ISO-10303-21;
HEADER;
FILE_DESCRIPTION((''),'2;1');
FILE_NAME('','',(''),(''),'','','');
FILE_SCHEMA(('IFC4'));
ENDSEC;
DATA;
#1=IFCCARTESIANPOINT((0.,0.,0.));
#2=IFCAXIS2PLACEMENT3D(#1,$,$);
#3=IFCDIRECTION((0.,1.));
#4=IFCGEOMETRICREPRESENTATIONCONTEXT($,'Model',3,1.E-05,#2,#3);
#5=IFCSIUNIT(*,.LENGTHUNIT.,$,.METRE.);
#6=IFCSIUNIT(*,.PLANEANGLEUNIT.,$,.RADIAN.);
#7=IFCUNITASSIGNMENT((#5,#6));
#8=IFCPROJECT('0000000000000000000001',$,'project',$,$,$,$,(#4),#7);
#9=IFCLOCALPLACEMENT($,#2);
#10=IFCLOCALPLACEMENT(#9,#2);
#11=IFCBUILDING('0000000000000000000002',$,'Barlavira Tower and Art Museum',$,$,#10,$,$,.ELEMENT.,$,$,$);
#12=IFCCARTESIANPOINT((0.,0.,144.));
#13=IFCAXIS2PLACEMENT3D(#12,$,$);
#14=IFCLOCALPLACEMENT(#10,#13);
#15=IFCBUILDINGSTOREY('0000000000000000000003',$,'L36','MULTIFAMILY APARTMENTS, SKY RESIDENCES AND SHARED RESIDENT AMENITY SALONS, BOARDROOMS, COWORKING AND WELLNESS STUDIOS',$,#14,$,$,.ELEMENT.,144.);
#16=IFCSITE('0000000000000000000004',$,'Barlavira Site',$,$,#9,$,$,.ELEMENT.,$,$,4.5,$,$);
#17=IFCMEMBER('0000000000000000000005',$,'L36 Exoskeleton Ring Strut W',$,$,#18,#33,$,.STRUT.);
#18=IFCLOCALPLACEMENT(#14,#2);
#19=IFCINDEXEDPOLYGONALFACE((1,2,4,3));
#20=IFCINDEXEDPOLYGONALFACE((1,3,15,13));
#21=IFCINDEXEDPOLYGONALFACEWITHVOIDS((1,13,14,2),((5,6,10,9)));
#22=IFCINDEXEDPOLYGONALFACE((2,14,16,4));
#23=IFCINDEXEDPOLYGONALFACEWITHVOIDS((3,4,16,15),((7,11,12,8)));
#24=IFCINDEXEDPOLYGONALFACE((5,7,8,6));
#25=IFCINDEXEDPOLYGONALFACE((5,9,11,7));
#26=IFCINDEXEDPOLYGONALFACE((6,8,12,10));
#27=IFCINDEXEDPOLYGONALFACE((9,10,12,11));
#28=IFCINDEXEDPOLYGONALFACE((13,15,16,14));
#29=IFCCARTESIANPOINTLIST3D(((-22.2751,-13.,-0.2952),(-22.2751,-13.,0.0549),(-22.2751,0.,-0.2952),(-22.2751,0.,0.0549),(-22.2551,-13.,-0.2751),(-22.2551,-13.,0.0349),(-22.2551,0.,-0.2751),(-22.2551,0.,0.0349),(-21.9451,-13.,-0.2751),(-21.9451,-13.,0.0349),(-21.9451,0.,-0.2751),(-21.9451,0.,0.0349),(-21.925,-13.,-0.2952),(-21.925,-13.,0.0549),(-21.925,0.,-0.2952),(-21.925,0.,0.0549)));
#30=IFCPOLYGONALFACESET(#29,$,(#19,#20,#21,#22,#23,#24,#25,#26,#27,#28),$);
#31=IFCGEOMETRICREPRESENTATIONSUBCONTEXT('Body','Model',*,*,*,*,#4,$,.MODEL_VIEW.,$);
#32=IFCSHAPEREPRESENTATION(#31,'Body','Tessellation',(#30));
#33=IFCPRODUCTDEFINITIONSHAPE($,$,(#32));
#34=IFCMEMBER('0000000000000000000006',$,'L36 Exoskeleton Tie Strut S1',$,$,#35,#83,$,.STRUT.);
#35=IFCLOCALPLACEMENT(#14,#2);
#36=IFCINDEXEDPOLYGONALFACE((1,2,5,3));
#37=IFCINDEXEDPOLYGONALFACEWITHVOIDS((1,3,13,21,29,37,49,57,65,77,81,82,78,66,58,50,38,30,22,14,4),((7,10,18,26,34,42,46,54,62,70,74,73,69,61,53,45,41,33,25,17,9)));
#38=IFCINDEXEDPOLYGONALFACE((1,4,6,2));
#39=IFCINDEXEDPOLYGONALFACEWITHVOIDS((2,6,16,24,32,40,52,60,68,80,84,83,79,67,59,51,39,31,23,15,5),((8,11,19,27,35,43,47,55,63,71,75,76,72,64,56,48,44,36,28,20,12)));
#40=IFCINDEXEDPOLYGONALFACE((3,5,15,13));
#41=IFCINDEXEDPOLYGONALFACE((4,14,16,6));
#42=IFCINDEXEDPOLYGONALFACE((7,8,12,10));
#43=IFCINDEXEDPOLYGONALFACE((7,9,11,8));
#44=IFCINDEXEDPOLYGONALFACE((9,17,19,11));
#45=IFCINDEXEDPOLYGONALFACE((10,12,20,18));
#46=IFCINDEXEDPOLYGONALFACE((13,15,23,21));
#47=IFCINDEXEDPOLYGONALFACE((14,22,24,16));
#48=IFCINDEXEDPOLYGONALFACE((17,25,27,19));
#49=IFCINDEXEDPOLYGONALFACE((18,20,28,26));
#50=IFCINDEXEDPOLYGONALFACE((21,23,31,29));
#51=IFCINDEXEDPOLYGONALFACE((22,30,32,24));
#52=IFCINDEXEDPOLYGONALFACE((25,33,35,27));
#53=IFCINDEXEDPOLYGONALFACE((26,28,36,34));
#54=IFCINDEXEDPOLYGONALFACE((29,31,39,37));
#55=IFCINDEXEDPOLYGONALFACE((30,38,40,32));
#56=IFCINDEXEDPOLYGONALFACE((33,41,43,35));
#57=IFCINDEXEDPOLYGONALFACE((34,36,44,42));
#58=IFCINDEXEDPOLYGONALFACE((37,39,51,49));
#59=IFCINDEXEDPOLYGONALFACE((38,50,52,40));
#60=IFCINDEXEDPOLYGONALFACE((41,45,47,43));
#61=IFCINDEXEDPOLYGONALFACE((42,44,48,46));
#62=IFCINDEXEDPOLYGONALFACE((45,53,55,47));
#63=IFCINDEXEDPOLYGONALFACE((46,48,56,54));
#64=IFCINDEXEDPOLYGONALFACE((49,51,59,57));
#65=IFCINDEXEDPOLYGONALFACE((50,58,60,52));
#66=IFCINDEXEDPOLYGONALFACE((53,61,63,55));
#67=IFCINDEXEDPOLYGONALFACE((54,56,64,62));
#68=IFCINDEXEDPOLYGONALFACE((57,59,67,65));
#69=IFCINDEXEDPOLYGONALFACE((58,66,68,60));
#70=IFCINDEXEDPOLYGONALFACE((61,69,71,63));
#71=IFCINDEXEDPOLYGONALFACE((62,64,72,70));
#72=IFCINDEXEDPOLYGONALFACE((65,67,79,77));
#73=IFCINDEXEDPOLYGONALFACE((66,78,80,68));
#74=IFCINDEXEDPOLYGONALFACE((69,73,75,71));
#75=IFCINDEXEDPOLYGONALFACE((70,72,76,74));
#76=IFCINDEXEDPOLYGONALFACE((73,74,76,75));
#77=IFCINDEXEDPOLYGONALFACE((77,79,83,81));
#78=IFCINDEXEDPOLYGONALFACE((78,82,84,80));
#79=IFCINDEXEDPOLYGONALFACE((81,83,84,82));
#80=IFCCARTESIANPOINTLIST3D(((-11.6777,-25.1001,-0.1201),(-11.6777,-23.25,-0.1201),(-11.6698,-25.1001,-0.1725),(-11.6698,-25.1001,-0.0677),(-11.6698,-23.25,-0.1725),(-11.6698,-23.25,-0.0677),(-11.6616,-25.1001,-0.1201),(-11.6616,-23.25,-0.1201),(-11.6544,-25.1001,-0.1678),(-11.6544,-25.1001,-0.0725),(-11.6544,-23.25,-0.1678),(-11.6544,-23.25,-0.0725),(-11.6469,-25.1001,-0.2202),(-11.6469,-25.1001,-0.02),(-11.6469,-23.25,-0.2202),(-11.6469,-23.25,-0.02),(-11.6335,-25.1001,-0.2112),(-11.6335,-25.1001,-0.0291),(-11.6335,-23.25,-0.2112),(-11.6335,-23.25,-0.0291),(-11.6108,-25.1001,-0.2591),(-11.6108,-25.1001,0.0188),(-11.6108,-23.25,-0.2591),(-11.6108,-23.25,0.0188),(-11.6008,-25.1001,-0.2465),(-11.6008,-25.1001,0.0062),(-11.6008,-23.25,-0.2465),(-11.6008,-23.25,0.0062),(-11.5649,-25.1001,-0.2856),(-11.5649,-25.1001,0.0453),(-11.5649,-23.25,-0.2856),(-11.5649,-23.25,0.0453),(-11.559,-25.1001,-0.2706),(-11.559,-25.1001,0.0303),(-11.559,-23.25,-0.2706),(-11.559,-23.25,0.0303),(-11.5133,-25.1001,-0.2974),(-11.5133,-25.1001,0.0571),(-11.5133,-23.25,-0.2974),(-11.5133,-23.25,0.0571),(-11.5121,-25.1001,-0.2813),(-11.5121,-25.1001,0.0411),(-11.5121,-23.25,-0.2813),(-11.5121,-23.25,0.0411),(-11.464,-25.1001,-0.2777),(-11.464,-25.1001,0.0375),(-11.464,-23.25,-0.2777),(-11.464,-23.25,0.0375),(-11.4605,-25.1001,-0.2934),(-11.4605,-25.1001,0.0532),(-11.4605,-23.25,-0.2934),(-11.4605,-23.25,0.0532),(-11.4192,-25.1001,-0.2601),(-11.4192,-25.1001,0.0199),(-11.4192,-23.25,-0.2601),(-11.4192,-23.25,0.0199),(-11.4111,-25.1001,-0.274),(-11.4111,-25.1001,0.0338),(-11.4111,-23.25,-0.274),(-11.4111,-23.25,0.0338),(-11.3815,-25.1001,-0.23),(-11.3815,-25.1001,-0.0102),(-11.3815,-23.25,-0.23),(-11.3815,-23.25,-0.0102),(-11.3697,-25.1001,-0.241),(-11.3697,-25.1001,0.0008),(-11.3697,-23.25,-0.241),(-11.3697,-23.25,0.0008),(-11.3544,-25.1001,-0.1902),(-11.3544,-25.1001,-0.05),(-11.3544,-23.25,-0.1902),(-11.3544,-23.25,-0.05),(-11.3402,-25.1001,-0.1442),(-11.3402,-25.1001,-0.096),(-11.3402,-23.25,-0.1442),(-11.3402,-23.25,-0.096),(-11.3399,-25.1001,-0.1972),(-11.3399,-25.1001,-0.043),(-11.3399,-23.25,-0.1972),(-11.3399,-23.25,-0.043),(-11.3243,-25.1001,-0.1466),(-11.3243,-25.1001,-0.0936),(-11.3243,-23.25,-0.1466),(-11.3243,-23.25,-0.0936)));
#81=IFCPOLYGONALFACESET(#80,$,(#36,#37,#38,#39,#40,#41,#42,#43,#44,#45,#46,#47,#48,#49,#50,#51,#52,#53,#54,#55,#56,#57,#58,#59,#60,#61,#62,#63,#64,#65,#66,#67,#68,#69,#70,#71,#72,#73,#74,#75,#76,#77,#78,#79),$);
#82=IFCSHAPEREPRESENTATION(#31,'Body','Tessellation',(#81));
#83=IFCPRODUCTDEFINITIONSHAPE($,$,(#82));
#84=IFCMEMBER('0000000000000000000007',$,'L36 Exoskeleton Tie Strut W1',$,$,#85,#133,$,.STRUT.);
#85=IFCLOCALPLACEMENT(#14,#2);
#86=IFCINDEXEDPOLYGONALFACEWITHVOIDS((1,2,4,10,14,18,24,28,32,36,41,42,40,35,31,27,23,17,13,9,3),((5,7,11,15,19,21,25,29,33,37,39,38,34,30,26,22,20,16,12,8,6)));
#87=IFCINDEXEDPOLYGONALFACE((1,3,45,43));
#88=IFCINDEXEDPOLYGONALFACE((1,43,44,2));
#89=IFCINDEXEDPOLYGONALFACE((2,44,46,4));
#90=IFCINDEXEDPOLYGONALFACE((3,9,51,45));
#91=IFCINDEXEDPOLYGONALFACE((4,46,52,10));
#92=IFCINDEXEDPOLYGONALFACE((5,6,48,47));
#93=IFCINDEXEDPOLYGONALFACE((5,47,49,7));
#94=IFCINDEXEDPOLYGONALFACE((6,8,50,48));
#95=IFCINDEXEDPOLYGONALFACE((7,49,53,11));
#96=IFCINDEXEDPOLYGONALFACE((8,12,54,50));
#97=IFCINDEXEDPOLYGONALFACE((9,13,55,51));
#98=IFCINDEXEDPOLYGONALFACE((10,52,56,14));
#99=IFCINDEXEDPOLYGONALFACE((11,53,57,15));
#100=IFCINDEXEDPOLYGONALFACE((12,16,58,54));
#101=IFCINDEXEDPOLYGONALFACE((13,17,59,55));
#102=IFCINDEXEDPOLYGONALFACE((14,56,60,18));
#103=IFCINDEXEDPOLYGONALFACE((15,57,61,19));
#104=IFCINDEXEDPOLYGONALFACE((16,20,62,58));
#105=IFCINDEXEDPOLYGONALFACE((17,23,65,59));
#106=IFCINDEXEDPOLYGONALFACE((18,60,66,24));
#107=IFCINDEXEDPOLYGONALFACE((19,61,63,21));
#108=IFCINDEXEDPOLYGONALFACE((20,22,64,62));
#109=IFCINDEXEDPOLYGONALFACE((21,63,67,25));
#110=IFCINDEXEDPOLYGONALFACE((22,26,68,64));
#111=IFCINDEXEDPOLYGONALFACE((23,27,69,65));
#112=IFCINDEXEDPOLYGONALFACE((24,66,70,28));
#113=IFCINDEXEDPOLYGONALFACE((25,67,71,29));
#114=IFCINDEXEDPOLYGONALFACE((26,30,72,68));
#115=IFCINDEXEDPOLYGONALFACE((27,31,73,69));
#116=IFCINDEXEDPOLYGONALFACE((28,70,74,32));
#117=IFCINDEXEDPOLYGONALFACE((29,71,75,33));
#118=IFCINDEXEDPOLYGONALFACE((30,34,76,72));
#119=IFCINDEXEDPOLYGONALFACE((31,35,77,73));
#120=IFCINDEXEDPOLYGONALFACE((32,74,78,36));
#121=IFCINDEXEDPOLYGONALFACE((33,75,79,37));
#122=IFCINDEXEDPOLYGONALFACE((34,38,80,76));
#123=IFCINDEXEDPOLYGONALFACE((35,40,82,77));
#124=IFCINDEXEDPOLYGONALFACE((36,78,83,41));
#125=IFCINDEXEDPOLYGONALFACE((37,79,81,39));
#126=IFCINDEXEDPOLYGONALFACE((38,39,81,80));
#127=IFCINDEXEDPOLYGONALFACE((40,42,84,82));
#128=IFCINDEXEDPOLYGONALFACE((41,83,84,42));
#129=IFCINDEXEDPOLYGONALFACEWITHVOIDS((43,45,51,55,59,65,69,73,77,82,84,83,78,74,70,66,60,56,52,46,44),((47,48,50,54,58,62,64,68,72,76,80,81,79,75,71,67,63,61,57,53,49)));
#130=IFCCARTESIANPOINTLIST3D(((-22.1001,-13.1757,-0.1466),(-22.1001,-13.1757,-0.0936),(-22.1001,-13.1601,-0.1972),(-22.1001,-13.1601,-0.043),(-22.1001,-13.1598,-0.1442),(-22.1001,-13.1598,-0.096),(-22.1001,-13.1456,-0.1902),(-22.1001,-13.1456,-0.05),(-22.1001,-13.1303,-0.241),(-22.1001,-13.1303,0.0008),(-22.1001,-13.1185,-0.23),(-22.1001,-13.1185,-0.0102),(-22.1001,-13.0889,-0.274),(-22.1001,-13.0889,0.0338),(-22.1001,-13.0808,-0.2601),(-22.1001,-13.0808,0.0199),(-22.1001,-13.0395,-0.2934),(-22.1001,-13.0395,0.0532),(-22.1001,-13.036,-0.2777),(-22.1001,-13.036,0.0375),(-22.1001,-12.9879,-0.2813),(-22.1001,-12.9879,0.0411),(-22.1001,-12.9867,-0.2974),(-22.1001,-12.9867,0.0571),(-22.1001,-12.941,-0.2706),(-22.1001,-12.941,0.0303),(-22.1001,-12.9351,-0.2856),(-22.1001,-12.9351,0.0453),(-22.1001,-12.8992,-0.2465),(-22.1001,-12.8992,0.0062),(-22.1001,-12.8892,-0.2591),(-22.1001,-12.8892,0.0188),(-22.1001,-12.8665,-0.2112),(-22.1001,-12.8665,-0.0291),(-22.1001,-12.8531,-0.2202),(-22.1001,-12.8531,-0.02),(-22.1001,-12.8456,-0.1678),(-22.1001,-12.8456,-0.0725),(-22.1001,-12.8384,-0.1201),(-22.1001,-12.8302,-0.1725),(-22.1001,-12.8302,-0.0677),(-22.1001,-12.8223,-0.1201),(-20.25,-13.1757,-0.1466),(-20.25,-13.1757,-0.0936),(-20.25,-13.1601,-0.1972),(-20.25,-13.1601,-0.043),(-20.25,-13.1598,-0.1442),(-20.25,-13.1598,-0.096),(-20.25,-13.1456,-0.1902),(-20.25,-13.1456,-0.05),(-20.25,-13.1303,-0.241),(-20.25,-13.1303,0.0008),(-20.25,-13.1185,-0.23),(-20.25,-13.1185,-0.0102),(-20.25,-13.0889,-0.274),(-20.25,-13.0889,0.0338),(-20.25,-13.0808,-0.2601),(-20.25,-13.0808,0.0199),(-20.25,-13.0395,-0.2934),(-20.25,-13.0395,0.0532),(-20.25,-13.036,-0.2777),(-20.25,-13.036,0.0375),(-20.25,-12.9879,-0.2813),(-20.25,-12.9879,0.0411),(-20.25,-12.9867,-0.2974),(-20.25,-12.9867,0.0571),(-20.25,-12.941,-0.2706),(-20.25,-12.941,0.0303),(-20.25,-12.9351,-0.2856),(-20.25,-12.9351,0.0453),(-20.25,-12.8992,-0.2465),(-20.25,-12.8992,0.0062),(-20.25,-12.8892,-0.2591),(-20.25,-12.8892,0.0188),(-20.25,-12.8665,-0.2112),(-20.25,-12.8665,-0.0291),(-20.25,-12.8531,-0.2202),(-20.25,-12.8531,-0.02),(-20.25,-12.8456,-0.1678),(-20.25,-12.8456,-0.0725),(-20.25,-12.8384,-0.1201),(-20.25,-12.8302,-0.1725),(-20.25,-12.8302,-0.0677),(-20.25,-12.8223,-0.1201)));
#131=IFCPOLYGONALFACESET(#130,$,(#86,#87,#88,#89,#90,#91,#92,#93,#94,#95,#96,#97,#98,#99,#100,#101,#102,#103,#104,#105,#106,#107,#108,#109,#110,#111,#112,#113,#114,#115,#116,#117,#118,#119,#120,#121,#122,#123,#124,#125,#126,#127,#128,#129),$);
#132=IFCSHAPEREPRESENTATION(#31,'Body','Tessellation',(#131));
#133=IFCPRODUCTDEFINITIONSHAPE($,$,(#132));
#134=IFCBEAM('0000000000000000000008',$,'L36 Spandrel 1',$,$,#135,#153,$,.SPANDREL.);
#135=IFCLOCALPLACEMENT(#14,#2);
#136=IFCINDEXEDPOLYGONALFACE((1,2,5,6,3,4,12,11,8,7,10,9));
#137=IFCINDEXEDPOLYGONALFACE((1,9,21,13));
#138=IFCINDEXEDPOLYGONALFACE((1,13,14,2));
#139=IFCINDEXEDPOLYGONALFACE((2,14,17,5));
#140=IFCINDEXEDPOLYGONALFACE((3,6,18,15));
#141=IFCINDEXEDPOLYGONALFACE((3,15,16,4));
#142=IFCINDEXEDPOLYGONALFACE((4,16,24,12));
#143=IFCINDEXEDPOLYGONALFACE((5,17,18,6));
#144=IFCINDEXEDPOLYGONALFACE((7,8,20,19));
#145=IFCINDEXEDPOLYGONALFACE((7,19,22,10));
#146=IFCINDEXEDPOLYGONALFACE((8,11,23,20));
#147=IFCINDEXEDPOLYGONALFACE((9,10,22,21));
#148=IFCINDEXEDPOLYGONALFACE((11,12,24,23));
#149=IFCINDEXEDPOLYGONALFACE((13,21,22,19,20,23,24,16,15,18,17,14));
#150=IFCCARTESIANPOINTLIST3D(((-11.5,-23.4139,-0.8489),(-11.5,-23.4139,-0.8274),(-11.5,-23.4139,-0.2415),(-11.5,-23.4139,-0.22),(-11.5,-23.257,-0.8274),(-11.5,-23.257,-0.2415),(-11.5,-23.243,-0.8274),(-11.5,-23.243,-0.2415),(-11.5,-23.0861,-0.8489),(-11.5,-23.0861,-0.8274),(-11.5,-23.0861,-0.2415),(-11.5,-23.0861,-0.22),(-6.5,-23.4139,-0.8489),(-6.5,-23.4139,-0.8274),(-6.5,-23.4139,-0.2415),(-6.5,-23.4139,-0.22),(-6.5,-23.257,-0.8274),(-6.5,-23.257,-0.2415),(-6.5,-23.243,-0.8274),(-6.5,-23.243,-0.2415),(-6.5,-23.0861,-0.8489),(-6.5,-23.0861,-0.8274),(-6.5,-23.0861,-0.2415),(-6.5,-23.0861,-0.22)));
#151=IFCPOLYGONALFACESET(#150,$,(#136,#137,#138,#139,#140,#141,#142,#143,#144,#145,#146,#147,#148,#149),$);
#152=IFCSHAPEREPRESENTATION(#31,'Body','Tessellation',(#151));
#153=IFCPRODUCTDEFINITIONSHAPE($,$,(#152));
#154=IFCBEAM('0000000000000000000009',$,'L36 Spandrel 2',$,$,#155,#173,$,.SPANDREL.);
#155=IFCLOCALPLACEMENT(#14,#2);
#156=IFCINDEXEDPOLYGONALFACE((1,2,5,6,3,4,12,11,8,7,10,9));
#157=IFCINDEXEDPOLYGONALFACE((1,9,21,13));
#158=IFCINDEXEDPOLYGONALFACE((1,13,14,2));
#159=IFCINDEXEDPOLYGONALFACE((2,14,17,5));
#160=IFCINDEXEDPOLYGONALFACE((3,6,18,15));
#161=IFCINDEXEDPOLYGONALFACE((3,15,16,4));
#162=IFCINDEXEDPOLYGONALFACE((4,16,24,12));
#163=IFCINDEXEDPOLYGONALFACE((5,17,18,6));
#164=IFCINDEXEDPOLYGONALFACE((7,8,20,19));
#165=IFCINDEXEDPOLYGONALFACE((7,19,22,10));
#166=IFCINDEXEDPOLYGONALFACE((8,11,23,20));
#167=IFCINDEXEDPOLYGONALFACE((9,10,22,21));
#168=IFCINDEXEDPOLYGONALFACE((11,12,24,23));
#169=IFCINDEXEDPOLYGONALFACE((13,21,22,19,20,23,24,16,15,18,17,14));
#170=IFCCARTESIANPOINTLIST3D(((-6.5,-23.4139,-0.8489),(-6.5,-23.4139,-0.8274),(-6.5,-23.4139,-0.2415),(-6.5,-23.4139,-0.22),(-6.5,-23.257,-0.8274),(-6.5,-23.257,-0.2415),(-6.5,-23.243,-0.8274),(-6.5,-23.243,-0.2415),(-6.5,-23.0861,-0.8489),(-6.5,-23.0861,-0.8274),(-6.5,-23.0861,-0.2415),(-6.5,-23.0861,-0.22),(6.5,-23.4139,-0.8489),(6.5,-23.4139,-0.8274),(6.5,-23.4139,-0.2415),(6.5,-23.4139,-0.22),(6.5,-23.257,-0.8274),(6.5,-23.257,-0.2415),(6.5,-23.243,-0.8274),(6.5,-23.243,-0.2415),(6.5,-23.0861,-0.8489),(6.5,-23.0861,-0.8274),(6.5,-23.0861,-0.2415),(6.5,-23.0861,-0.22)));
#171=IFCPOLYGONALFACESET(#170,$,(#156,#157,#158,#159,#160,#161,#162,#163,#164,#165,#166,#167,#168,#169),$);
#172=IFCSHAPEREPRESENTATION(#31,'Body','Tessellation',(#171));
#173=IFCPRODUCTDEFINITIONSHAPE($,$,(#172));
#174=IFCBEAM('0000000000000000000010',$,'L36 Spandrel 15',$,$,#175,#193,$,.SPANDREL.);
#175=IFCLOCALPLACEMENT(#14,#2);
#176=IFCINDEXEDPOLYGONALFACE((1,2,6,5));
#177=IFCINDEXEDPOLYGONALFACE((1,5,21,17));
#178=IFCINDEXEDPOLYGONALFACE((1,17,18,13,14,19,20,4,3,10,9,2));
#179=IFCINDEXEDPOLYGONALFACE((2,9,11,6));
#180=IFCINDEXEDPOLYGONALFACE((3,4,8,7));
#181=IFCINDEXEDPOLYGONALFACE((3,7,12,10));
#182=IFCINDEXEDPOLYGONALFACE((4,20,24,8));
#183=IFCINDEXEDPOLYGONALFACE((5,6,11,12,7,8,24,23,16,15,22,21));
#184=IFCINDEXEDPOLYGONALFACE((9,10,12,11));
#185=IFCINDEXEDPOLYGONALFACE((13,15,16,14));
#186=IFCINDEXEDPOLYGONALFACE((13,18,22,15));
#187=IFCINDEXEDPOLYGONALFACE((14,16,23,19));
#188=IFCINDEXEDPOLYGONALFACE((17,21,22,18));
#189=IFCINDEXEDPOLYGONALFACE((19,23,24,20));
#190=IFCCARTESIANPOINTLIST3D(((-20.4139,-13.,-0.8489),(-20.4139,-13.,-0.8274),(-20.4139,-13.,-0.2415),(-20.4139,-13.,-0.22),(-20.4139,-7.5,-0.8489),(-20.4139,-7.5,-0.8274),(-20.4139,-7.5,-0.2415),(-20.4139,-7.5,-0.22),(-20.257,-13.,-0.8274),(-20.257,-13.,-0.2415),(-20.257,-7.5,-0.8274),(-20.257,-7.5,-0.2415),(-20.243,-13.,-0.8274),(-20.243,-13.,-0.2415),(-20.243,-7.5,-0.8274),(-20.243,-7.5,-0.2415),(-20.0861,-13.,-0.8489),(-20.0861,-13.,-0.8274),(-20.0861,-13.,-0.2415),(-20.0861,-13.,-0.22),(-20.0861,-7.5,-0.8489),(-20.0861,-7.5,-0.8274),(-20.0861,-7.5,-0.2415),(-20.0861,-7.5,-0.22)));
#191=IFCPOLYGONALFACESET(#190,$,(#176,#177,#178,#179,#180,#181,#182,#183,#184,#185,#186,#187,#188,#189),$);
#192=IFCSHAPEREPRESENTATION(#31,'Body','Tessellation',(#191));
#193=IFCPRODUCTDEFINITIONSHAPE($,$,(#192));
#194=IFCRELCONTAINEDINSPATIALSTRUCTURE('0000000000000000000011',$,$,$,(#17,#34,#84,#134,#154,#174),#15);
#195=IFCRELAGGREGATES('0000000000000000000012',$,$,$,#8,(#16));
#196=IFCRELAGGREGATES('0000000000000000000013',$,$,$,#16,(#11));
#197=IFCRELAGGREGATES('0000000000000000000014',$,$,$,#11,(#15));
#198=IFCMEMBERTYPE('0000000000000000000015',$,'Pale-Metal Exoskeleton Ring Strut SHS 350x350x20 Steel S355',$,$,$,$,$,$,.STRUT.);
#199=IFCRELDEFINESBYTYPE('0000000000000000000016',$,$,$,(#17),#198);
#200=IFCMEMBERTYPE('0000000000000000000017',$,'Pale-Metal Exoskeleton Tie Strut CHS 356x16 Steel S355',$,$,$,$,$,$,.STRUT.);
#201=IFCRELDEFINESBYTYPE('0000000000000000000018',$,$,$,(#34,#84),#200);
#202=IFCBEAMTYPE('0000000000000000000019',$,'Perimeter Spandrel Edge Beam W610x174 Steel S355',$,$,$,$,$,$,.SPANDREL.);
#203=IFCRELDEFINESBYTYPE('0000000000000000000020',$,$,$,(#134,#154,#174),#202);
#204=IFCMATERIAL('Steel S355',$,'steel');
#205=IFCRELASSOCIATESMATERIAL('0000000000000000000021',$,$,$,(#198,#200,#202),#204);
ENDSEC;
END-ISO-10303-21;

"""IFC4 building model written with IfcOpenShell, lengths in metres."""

from ifc_helpers import new_model, si_unit, direction, frame, origin, origin_2d, place, context, subcontext, project, spatial, hollow_rectangle, hollow_circle, i_section, extrude, material, material_profile, profile_set, type_object, element, save


model = new_model("IFC4")

# Units and contexts
model_context = context("Model", 3, precision=1e-05, world=origin(), true_north=direction((0.0, 1.0)))
body_context = subcontext(model_context, "Body", "Model", "MODEL_VIEW")
ifc_project = project(units=[si_unit("LENGTHUNIT", "METRE"), si_unit("PLANEANGLEUNIT", "RADIAN")], contexts=[model_context])

# Site, building, storey
site_placement = place(None, origin())
site = spatial("IfcSite", under=ifc_project, at=site_placement, Name="Barlavira Site", CompositionType="ELEMENT", RefElevation=4.5)
building_placement = place(site_placement, origin())
building = spatial("IfcBuilding", under=site, at=building_placement, Name="Barlavira Tower and Art Museum", CompositionType="ELEMENT")
storey_placement = place(building_placement, frame((0.0, 0.0, 144.0)))
storey = spatial("IfcBuildingStorey", under=building, at=storey_placement, Name="L36", Description="MULTIFAMILY APARTMENTS, SKY RESIDENCES AND SHARED RESIDENT AMENITY SALONS, BOARDROOMS, COWORKING AND WELLNESS STUDIOS", CompositionType="ELEMENT", Elevation=144.0)

# Members
ifc_material_1 = material(Name="Steel S355", Category="steel")
ifc_material_profile_1 = material_profile(ifc_material_1, hollow_rectangle(XDim=0.3501, YDim=0.3501, WallThickness=0.02, at=origin_2d()), Name="SHS 350x350x20.0")
ifc_profile_set_1 = profile_set([ifc_material_profile_1], Name="Steel S355")
member_type_1 = type_object("IfcMemberType", Name="Pale-Metal Exoskeleton Ring Strut SHS 350x350x20 Steel S355", PredefinedType="STRUT", material=ifc_profile_set_1)
member_1_placement = place(storey_placement, frame((-22.1001, -13.0, -0.1201), z_axis=(0.0, 1.0, 0.0), x_axis=(-1.0, 0.0, 0.0)))
element("IfcMember", 1, at=member_1_placement, inside=storey, type_object=member_type_1, Name="L36 Exoskeleton Ring Strut W", PredefinedType="STRUT", context=body_context, shape_type="SweptSolid", body=[
    extrude(hollow_rectangle(XDim=0.3501, YDim=0.3501, WallThickness=0.02, at=origin_2d()), origin(), (0.0, 0.0, 1.0), 13.0),
])
ifc_material_profile_2 = material_profile(ifc_material_1, hollow_circle(Radius=0.1777, WallThickness=0.0161, at=origin_2d()), Name="CHS 355.6x16.0")
ifc_profile_set_2 = profile_set([ifc_material_profile_2], Name="Steel S355")
member_type_2 = type_object("IfcMemberType", Name="Pale-Metal Exoskeleton Tie Strut CHS 356x16 Steel S355", PredefinedType="STRUT", material=ifc_profile_set_2)
for number, where, z_axis, x_axis, name in (
    (2, (-11.5, -25.1001, -0.1201), (0.0, 1.0, 0.0), (-1.0, 0.0, 0.0), "L36 Exoskeleton Tie Strut S1"),
    (3, (-22.1001, -13.0, -0.1201), (1.0, 0.0, 0.0), (0.0, 1.0, 0.0), "L36 Exoskeleton Tie Strut W1"),
):
    element("IfcMember", number, at=place(storey_placement, frame(where, z_axis=z_axis, x_axis=x_axis)), inside=storey, type_object=member_type_2, Name=name, PredefinedType="STRUT", context=body_context, shape_type="SweptSolid", body=[
        extrude(hollow_circle(Radius=0.1777, WallThickness=0.0161, at=origin_2d()), origin(), (0.0, 0.0, 1.0), 1.8501),
    ])

# Beams
ifc_material_profile_3 = material_profile(ifc_material_1, i_section(OverallWidth=0.3279, OverallDepth=0.6289, WebThickness=0.0139, FlangeThickness=0.0215, at=origin_2d()), Name="W610x174.0")
ifc_profile_set_3 = profile_set([ifc_material_profile_3], Name="Steel S355")
beam_type_1 = type_object("IfcBeamType", Name="Perimeter Spandrel Edge Beam W610x174 Steel S355", PredefinedType="SPANDREL", material=ifc_profile_set_3)
beam_1_placement = place(storey_placement, frame((-11.5, -23.25, -0.5344), z_axis=(1.0, 0.0, 0.0), x_axis=(0.0, 1.0, 0.0)))
element("IfcBeam", 4, at=beam_1_placement, inside=storey, type_object=beam_type_1, Name="L36 Spandrel 1", PredefinedType="SPANDREL", context=body_context, shape_type="SweptSolid", body=[
    extrude(i_section(OverallWidth=0.3279, OverallDepth=0.6289, WebThickness=0.0139, FlangeThickness=0.0215, at=origin_2d()), origin(), (0.0, 0.0, 1.0), 5.0),
])
beam_2_placement = place(storey_placement, frame((-6.5, -23.25, -0.5344), z_axis=(1.0, 0.0, 0.0), x_axis=(0.0, 1.0, 0.0)))
element("IfcBeam", 5, at=beam_2_placement, inside=storey, type_object=beam_type_1, Name="L36 Spandrel 2", PredefinedType="SPANDREL", context=body_context, shape_type="SweptSolid", body=[
    extrude(i_section(OverallWidth=0.3279, OverallDepth=0.6289, WebThickness=0.0139, FlangeThickness=0.0215, at=origin_2d()), origin(), (0.0, 0.0, 1.0), 13.0),
])
beam_3_placement = place(storey_placement, frame((-20.25, -13.0, -0.5344), z_axis=(0.0, 1.0, 0.0), x_axis=(-1.0, 0.0, 0.0)))
element("IfcBeam", 6, at=beam_3_placement, inside=storey, type_object=beam_type_1, Name="L36 Spandrel 15", PredefinedType="SPANDREL", context=body_context, shape_type="SweptSolid", body=[
    extrude(i_section(OverallWidth=0.3279, OverallDepth=0.6289, WebThickness=0.0139, FlangeThickness=0.0215, at=origin_2d()), origin(), (0.0, 0.0, 1.0), 5.5),
])

save(model, "model.ifc")
